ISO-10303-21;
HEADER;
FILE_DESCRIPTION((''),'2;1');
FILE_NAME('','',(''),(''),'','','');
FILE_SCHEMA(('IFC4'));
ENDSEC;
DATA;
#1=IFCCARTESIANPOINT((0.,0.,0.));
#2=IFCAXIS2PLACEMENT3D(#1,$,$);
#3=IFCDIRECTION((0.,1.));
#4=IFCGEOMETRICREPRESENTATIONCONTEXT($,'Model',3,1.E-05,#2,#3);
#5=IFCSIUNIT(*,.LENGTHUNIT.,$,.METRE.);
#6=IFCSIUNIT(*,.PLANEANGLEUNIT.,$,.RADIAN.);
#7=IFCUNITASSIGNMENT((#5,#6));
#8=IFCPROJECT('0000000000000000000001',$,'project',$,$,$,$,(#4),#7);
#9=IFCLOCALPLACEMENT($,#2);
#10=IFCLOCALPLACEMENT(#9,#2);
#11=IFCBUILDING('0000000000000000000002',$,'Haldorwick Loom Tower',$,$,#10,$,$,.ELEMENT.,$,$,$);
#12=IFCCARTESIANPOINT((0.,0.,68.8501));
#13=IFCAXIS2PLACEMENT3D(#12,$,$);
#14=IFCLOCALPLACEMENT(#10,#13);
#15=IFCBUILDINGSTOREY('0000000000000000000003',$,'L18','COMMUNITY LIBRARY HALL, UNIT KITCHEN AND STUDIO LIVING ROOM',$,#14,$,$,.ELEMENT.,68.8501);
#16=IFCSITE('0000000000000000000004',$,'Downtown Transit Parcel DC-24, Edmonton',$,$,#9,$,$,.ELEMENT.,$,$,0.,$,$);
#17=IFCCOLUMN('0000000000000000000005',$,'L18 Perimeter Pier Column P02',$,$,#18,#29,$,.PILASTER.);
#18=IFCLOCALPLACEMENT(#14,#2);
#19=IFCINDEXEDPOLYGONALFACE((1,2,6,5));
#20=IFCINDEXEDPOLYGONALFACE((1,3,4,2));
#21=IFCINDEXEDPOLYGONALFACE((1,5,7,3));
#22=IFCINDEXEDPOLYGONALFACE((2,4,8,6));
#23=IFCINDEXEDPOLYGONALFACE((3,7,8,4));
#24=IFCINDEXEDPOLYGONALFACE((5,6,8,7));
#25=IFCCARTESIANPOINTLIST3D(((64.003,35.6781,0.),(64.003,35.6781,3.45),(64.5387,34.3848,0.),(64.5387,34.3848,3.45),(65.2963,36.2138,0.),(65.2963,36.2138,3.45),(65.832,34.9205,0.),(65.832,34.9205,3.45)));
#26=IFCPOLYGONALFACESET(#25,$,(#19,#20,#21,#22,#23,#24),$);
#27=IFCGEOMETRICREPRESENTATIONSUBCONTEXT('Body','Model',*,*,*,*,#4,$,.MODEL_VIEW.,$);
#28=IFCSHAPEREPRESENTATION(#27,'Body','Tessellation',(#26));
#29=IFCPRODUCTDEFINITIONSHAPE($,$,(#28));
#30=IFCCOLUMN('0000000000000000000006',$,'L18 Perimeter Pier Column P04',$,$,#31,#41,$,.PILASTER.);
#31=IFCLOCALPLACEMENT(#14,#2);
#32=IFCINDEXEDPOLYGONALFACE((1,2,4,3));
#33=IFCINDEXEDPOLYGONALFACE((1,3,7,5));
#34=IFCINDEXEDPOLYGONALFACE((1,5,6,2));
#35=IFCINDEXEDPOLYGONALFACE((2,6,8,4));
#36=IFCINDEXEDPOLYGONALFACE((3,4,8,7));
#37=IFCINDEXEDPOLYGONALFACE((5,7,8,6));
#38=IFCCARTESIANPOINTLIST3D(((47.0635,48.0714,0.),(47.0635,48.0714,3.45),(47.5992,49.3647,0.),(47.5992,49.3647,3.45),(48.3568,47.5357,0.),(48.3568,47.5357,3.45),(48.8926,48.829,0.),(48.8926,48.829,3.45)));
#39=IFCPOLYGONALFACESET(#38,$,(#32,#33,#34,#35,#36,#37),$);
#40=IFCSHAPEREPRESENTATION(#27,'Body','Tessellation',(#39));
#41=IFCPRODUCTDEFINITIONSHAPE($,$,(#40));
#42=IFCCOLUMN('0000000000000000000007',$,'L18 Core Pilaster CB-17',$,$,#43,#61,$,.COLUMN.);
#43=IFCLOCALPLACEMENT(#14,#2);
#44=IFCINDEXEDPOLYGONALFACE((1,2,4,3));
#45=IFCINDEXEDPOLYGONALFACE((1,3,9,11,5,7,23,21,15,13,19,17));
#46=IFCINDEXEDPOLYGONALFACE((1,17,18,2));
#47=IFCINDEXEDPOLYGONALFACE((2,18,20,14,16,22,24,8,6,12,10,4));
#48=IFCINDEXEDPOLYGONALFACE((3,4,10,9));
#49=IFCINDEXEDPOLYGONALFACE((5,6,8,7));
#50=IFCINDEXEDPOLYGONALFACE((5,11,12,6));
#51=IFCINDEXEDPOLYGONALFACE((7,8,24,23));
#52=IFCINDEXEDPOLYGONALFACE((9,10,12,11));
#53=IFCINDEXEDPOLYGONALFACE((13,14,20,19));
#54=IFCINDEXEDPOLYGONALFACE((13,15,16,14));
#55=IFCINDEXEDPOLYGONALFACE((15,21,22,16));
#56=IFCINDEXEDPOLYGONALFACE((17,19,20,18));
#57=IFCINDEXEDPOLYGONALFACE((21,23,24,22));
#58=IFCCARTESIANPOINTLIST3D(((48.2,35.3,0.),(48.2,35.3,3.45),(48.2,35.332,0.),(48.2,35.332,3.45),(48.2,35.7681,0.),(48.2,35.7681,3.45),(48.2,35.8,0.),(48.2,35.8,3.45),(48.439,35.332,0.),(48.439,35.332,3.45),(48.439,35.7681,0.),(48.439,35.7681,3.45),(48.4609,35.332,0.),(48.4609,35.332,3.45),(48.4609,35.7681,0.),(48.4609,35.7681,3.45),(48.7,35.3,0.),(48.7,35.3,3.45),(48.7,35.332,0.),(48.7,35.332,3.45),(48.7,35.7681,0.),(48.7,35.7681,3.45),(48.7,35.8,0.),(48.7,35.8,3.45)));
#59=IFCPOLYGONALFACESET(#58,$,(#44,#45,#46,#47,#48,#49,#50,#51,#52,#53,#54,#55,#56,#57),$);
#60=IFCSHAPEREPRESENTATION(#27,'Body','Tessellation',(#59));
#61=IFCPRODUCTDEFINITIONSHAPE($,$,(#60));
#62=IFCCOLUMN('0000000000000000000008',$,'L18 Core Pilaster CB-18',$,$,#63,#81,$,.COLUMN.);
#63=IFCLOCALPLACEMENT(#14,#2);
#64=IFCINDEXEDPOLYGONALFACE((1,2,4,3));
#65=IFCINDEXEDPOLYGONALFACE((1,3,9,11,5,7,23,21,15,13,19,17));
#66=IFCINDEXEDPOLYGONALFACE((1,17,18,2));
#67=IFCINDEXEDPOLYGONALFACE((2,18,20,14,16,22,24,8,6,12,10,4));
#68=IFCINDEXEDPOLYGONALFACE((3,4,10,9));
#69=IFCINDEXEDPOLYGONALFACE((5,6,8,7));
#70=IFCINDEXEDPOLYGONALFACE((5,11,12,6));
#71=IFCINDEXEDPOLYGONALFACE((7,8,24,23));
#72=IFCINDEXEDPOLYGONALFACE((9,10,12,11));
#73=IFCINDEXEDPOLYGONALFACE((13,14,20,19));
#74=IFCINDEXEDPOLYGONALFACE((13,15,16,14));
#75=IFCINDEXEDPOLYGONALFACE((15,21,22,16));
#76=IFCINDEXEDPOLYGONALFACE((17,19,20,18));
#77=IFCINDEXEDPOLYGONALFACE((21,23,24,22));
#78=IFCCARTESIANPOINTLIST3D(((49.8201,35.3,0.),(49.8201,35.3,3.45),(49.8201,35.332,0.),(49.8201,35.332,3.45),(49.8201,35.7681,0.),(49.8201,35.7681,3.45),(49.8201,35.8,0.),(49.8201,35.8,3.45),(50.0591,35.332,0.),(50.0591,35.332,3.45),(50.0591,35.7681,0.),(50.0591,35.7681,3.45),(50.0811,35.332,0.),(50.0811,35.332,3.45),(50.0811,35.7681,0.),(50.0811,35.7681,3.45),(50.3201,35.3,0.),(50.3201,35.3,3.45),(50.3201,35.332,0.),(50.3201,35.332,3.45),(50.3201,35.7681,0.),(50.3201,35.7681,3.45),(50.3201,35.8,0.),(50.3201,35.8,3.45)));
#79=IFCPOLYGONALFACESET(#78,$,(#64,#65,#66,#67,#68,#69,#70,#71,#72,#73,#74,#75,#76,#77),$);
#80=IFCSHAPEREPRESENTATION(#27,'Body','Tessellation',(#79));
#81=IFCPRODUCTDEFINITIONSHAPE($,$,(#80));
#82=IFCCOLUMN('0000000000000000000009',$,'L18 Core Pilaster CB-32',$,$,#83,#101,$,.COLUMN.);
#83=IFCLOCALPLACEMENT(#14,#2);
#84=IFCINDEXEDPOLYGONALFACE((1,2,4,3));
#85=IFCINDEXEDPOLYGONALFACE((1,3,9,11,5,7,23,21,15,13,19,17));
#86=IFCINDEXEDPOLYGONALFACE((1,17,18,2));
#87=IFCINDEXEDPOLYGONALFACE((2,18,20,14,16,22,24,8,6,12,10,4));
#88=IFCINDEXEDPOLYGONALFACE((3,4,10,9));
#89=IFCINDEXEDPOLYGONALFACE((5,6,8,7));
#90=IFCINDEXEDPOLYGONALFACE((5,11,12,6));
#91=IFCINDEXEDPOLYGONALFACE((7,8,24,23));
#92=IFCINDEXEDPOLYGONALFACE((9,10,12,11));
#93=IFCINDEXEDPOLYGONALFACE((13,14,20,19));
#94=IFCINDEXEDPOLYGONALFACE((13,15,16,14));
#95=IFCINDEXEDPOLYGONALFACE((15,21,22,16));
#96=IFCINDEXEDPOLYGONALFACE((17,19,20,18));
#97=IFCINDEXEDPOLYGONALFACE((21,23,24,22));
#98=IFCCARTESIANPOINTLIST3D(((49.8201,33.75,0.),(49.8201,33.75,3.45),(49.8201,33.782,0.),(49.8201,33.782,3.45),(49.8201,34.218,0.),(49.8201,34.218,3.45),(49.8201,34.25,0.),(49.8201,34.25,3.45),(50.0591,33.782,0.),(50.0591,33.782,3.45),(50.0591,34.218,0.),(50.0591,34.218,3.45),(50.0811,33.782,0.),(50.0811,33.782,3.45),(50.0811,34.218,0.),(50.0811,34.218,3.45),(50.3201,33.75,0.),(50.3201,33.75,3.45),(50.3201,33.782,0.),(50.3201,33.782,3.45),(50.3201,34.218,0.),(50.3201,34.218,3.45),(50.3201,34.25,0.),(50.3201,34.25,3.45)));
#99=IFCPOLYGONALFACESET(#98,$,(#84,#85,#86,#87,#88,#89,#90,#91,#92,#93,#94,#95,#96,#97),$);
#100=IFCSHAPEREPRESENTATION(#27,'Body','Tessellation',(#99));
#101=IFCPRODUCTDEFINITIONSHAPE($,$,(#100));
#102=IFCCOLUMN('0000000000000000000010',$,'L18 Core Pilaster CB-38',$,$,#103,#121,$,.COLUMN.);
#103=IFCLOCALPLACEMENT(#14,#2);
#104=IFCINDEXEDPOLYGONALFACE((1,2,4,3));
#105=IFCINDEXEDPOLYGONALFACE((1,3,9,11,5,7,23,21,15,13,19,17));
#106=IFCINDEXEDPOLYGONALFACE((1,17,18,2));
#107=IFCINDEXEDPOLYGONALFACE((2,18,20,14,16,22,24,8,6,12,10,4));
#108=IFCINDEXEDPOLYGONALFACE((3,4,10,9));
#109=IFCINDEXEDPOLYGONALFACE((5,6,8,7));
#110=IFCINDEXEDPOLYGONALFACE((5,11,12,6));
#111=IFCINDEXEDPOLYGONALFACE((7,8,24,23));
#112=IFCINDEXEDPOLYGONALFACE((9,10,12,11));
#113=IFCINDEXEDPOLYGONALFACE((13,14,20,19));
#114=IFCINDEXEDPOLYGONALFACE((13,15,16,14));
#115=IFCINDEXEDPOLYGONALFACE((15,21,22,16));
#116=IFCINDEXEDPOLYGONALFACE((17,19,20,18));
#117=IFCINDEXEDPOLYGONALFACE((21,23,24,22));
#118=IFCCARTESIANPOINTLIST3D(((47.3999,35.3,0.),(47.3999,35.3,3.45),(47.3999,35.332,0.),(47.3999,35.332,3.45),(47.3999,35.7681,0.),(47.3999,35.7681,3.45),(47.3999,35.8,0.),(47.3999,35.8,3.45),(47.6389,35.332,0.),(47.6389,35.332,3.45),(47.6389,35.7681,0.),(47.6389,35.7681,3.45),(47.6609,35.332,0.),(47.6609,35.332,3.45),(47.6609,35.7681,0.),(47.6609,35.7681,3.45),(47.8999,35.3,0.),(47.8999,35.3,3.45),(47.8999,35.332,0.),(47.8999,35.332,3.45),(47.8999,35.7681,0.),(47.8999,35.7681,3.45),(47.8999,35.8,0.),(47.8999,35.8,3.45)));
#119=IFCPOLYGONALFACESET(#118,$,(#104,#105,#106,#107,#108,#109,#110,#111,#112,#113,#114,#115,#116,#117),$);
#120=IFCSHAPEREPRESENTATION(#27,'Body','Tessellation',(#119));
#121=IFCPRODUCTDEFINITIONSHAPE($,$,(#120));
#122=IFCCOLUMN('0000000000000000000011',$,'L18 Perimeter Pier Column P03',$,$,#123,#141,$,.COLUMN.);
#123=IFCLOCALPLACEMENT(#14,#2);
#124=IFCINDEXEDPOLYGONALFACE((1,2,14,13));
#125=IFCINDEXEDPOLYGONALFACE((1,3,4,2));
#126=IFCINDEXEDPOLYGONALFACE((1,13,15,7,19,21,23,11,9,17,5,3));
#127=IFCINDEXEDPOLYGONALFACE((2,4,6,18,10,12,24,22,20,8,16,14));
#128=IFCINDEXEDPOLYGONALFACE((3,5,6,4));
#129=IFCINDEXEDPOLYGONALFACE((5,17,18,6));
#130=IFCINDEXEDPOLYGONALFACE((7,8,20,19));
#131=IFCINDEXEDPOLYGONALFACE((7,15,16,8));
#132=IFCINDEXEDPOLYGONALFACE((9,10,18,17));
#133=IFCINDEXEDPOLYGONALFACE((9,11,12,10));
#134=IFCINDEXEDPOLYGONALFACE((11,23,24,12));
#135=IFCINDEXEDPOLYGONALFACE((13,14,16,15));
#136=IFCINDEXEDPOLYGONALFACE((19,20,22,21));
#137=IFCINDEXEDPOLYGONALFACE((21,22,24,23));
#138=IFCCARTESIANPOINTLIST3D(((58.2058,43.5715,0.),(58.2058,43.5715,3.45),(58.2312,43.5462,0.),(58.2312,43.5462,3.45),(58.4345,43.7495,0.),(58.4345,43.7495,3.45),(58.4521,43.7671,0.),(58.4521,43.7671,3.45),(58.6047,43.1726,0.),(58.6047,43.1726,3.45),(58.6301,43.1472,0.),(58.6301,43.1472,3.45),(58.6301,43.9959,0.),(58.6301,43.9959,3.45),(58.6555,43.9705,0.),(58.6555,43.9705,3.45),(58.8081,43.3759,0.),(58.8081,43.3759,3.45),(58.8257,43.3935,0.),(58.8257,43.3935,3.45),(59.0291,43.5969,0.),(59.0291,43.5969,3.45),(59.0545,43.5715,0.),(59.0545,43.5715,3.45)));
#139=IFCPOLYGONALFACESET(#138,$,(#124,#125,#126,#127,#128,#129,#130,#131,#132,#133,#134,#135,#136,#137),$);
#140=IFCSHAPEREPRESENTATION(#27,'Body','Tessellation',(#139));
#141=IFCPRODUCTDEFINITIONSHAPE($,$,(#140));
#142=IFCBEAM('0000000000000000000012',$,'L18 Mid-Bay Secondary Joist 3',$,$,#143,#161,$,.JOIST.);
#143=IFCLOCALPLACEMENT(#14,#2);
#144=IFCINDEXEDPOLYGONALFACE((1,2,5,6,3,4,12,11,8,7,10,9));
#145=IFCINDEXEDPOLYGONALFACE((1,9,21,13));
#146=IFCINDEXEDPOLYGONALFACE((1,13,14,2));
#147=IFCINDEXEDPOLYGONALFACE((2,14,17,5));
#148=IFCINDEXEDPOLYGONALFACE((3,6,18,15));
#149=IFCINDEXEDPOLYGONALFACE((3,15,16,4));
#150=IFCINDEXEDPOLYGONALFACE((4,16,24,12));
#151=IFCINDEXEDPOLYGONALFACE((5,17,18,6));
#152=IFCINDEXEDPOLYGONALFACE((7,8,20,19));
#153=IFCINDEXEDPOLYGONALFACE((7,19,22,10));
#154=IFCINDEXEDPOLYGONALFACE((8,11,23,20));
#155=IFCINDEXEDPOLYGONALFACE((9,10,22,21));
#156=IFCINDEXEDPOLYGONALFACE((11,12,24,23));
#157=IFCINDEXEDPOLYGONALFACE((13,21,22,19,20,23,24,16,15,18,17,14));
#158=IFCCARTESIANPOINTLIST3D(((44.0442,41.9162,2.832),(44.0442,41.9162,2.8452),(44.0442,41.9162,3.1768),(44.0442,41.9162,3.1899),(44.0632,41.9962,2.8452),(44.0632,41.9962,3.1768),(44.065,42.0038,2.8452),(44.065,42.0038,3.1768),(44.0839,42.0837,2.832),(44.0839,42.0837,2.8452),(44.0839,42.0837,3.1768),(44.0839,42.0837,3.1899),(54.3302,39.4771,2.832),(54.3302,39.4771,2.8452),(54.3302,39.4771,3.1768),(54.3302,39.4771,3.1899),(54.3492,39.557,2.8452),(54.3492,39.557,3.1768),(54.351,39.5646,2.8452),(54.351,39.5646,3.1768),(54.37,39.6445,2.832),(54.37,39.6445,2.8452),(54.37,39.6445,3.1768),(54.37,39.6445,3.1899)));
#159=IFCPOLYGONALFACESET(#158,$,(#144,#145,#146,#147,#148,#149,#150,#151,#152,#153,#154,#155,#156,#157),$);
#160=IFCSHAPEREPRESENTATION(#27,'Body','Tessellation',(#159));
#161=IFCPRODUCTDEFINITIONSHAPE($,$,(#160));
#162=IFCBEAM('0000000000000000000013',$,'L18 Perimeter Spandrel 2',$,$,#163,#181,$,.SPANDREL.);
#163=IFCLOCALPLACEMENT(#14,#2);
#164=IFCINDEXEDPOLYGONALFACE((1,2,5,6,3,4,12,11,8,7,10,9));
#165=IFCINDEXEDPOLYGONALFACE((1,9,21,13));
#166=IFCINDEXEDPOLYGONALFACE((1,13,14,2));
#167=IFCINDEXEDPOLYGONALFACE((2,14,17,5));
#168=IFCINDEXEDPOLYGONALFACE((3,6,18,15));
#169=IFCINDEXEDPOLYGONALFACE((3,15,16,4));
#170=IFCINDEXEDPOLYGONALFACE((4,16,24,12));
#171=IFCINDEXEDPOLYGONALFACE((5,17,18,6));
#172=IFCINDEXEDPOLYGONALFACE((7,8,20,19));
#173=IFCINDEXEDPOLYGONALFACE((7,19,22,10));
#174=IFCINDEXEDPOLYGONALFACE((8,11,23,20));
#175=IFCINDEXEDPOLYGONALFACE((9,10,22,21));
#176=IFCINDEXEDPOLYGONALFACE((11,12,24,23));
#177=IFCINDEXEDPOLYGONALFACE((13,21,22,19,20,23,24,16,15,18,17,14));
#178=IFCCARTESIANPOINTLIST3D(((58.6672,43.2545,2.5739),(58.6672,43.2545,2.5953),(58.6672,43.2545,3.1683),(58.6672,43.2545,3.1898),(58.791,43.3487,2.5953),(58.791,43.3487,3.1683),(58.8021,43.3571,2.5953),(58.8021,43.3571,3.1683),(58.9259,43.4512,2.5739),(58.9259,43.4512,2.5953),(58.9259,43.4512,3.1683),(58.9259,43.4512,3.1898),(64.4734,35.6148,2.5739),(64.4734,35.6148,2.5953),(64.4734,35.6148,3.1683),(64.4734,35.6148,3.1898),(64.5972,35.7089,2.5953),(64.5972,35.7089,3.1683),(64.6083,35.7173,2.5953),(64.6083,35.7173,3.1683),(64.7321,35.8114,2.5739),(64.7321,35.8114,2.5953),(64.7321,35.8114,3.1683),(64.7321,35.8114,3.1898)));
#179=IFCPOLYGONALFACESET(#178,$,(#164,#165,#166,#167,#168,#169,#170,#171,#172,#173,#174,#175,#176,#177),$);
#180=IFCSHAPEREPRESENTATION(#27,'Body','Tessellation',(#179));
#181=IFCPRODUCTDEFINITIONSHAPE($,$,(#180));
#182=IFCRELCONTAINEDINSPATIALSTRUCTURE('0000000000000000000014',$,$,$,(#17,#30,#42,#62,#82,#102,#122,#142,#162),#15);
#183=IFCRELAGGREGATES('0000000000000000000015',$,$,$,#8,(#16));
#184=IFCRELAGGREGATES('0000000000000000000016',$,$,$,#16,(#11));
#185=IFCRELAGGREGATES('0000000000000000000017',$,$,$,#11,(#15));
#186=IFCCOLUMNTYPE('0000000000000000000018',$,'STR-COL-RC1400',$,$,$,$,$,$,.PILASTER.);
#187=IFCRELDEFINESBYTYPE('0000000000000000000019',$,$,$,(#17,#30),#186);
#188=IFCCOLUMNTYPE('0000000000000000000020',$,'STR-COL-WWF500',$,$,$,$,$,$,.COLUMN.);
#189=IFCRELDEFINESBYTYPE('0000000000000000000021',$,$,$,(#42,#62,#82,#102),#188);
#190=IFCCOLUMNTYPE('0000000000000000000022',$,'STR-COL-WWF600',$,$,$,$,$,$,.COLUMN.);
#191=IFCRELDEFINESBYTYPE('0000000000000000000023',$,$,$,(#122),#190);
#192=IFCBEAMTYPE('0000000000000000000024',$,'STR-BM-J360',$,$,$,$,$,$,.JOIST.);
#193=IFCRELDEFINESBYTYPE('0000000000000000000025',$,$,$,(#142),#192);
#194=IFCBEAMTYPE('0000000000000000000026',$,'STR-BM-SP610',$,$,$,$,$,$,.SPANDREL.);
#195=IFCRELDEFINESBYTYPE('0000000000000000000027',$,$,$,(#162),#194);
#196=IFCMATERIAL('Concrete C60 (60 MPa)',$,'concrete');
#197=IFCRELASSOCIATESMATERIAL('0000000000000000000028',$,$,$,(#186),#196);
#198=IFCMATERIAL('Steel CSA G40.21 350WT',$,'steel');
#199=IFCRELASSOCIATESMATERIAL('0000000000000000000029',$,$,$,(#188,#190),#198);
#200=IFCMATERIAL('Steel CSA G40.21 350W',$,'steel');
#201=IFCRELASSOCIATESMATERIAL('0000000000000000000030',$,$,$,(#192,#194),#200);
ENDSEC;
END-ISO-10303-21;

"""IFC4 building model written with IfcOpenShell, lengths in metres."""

from ifc_helpers import new_model, si_unit, direction, frame, origin, origin_2d, place, context, subcontext, project, spatial, rectangle, i_section, extrude, material, material_profile, profile_set, type_object, element, save


model = new_model("IFC4")

# Units and contexts
model_context = context("Model", 3, precision=1e-05, world=origin(), true_north=direction((0.0, 1.0)))
body_context = subcontext(model_context, "Body", "Model", "MODEL_VIEW")
ifc_project = project(units=[si_unit("LENGTHUNIT", "METRE"), si_unit("PLANEANGLEUNIT", "RADIAN")], contexts=[model_context])

# Site, building, storey
site_placement = place(None, origin())
site = spatial("IfcSite", under=ifc_project, at=site_placement, Name="Downtown Transit Parcel DC-24, Edmonton", CompositionType="ELEMENT", RefElevation=0.0)
building_placement = place(site_placement, origin())
building = spatial("IfcBuilding", under=site, at=building_placement, Name="Haldorwick Loom Tower", CompositionType="ELEMENT")
storey_placement = place(building_placement, frame((0.0, 0.0, 68.8501)))
storey = spatial("IfcBuildingStorey", under=building, at=storey_placement, Name="L18", Description="COMMUNITY LIBRARY HALL, UNIT KITCHEN AND STUDIO LIVING ROOM", CompositionType="ELEMENT", Elevation=68.8501)

# Columns
ifc_material_1 = material(Name="Concrete C60 (60 MPa)", Category="concrete")
ifc_material_profile_1 = material_profile(ifc_material_1, rectangle(XDim=1.3999, YDim=1.3999, at=origin_2d()), Name="RC1400X1400", Category="concrete")
ifc_profile_set_1 = profile_set([ifc_material_profile_1], Name="Concrete C60 (60 MPa)")
column_type_1 = type_object("IfcColumnType", Name="STR-COL-RC1400", PredefinedType="PILASTER", material=ifc_profile_set_1)
for number, where, z_axis, x_axis, name in (
    (1, (64.9175, 35.2993, 0.0), (0.0, 0.0, 1.0), (0.92388, 0.382683, 0.0), "L18 Perimeter Pier Column P02"),
    (2, (47.978, 48.4502, 0.0), (0.0, 0.0, 1.0), (0.382683, 0.92388, 0.0), "L18 Perimeter Pier Column P04"),
):
    element("IfcColumn", number, at=place(storey_placement, frame(where, z_axis=z_axis, x_axis=x_axis)), inside=storey, type_object=column_type_1, Name=name, PredefinedType="PILASTER", context=body_context, shape_type="SweptSolid", body=[
        extrude(rectangle(XDim=1.3999, YDim=1.3999, at=origin_2d()), origin(), (0.0, 0.0, 1.0), 3.45),
    ])
ifc_material_2 = material(Name="Steel CSA G40.21 350WT", Category="steel")
ifc_material_profile_2 = material_profile(ifc_material_2, i_section(OverallWidth=0.5, OverallDepth=0.5, WebThickness=0.022, FlangeThickness=0.032, at=origin_2d()), Name="WWF500X500", Category="steel")
ifc_profile_set_2 = profile_set([ifc_material_profile_2], Name="Steel CSA G40.21 350WT")
column_type_2 = type_object("IfcColumnType", Name="STR-COL-WWF500", PredefinedType="COLUMN", material=ifc_profile_set_2)
for number, where, z_axis, x_axis, name in (
    (3, (48.45, 35.55, 0.0), (0.0, 0.0, 1.0), (1.0, 0.0, 0.0), "L18 Core Pilaster CB-17"),
    (4, (50.0701, 35.55, 0.0), (0.0, 0.0, 1.0), (1.0, 0.0, 0.0), "L18 Core Pilaster CB-18"),
    (5, (50.0701, 34.0, 0.0), (0.0, 0.0, 1.0), (1.0, 0.0, 0.0), "L18 Core Pilaster CB-32"),
    (6, (47.6499, 35.55, 0.0), (0.0, 0.0, 1.0), (1.0, 0.0, 0.0), "L18 Core Pilaster CB-38"),
):
    element("IfcColumn", number, at=place(storey_placement, frame(where, z_axis=z_axis, x_axis=x_axis)), inside=storey, type_object=column_type_2, Name=name, PredefinedType="COLUMN", context=body_context, shape_type="SweptSolid", body=[
        extrude(i_section(OverallWidth=0.5, OverallDepth=0.5, WebThickness=0.022, FlangeThickness=0.032, at=origin_2d()), origin(), (0.0, 0.0, 1.0), 3.45),
    ])
ifc_material_profile_3 = material_profile(ifc_material_2, i_section(OverallWidth=0.6001, OverallDepth=0.6001, WebThickness=0.0249, FlangeThickness=0.0359, at=origin_2d()), Name="WWF600X600", Category="steel")
ifc_profile_set_3 = profile_set([ifc_material_profile_3], Name="Steel CSA G40.21 350WT")
column_type_3 = type_object("IfcColumnType", Name="STR-COL-WWF600", PredefinedType="COLUMN", material=ifc_profile_set_3)
column_placement = place(storey_placement, frame((58.6301, 43.5715, 0.0), z_axis=(0.0, 0.0, 1.0), x_axis=(0.707107, 0.707107, 0.0)))
element("IfcColumn", 7, at=column_placement, inside=storey, type_object=column_type_3, Name="L18 Perimeter Pier Column P03", PredefinedType="COLUMN", context=body_context, shape_type="SweptSolid", body=[
    extrude(i_section(OverallWidth=0.6001, OverallDepth=0.6001, WebThickness=0.0249, FlangeThickness=0.0359, at=origin_2d()), origin(), (0.0, 0.0, 1.0), 3.45),
])

# Beams
ifc_material_3 = material(Name="Steel CSA G40.21 350W", Category="steel")
ifc_material_profile_4 = material_profile(ifc_material_3, i_section(OverallWidth=0.1721, OverallDepth=0.3579, WebThickness=0.0078, FlangeThickness=0.0132, at=origin_2d()), Name="W360X57", Category="steel")
ifc_profile_set_4 = profile_set([ifc_material_profile_4], Name="Steel CSA G40.21 350W")
beam_type_1 = type_object("IfcBeamType", Name="STR-BM-J360", PredefinedType="JOIST", material=ifc_profile_set_4)
beam_1_placement = place(storey_placement, frame((54.3501, 39.5608, 3.011), z_axis=(-0.973016, 0.230737, 0.0), x_axis=(-0.230737, -0.973016, 0.0)))
element("IfcBeam", 8, at=beam_1_placement, inside=storey, type_object=beam_type_1, Name="L18 Mid-Bay Secondary Joist 3", PredefinedType="JOIST", context=body_context, shape_type="SweptSolid", body=[
    extrude(i_section(OverallWidth=0.1721, OverallDepth=0.3579, WebThickness=0.0078, FlangeThickness=0.0132, at=origin_2d()), origin(), (0.0, 0.0, 1.0), 10.5713),
])
ifc_material_profile_5 = material_profile(ifc_material_3, i_section(OverallWidth=0.325, OverallDepth=0.616, WebThickness=0.0139, FlangeThickness=0.0215, at=origin_2d()), Name="W610X174", Category="steel")
ifc_profile_set_5 = profile_set([ifc_material_profile_5], Name="Steel CSA G40.21 350W")
beam_type_2 = type_object("IfcBeamType", Name="STR-BM-SP610", PredefinedType="SPANDREL", material=ifc_profile_set_5)
beam_2_placement = place(storey_placement, frame((64.6028, 35.7131, 2.8818), z_axis=(-0.605085, 0.796161, 0.0), x_axis=(-0.796161, -0.605085, 0.0)))
element("IfcBeam", 9, at=beam_2_placement, inside=storey, type_object=beam_type_2, Name="L18 Perimeter Spandrel 2", PredefinedType="SPANDREL", context=body_context, shape_type="SweptSolid", body=[
    extrude(i_section(OverallWidth=0.325, OverallDepth=0.616, WebThickness=0.0139, FlangeThickness=0.0215, at=origin_2d()), origin(), (0.0, 0.0, 1.0), 9.5957),
])

save(model, "model.ifc")
